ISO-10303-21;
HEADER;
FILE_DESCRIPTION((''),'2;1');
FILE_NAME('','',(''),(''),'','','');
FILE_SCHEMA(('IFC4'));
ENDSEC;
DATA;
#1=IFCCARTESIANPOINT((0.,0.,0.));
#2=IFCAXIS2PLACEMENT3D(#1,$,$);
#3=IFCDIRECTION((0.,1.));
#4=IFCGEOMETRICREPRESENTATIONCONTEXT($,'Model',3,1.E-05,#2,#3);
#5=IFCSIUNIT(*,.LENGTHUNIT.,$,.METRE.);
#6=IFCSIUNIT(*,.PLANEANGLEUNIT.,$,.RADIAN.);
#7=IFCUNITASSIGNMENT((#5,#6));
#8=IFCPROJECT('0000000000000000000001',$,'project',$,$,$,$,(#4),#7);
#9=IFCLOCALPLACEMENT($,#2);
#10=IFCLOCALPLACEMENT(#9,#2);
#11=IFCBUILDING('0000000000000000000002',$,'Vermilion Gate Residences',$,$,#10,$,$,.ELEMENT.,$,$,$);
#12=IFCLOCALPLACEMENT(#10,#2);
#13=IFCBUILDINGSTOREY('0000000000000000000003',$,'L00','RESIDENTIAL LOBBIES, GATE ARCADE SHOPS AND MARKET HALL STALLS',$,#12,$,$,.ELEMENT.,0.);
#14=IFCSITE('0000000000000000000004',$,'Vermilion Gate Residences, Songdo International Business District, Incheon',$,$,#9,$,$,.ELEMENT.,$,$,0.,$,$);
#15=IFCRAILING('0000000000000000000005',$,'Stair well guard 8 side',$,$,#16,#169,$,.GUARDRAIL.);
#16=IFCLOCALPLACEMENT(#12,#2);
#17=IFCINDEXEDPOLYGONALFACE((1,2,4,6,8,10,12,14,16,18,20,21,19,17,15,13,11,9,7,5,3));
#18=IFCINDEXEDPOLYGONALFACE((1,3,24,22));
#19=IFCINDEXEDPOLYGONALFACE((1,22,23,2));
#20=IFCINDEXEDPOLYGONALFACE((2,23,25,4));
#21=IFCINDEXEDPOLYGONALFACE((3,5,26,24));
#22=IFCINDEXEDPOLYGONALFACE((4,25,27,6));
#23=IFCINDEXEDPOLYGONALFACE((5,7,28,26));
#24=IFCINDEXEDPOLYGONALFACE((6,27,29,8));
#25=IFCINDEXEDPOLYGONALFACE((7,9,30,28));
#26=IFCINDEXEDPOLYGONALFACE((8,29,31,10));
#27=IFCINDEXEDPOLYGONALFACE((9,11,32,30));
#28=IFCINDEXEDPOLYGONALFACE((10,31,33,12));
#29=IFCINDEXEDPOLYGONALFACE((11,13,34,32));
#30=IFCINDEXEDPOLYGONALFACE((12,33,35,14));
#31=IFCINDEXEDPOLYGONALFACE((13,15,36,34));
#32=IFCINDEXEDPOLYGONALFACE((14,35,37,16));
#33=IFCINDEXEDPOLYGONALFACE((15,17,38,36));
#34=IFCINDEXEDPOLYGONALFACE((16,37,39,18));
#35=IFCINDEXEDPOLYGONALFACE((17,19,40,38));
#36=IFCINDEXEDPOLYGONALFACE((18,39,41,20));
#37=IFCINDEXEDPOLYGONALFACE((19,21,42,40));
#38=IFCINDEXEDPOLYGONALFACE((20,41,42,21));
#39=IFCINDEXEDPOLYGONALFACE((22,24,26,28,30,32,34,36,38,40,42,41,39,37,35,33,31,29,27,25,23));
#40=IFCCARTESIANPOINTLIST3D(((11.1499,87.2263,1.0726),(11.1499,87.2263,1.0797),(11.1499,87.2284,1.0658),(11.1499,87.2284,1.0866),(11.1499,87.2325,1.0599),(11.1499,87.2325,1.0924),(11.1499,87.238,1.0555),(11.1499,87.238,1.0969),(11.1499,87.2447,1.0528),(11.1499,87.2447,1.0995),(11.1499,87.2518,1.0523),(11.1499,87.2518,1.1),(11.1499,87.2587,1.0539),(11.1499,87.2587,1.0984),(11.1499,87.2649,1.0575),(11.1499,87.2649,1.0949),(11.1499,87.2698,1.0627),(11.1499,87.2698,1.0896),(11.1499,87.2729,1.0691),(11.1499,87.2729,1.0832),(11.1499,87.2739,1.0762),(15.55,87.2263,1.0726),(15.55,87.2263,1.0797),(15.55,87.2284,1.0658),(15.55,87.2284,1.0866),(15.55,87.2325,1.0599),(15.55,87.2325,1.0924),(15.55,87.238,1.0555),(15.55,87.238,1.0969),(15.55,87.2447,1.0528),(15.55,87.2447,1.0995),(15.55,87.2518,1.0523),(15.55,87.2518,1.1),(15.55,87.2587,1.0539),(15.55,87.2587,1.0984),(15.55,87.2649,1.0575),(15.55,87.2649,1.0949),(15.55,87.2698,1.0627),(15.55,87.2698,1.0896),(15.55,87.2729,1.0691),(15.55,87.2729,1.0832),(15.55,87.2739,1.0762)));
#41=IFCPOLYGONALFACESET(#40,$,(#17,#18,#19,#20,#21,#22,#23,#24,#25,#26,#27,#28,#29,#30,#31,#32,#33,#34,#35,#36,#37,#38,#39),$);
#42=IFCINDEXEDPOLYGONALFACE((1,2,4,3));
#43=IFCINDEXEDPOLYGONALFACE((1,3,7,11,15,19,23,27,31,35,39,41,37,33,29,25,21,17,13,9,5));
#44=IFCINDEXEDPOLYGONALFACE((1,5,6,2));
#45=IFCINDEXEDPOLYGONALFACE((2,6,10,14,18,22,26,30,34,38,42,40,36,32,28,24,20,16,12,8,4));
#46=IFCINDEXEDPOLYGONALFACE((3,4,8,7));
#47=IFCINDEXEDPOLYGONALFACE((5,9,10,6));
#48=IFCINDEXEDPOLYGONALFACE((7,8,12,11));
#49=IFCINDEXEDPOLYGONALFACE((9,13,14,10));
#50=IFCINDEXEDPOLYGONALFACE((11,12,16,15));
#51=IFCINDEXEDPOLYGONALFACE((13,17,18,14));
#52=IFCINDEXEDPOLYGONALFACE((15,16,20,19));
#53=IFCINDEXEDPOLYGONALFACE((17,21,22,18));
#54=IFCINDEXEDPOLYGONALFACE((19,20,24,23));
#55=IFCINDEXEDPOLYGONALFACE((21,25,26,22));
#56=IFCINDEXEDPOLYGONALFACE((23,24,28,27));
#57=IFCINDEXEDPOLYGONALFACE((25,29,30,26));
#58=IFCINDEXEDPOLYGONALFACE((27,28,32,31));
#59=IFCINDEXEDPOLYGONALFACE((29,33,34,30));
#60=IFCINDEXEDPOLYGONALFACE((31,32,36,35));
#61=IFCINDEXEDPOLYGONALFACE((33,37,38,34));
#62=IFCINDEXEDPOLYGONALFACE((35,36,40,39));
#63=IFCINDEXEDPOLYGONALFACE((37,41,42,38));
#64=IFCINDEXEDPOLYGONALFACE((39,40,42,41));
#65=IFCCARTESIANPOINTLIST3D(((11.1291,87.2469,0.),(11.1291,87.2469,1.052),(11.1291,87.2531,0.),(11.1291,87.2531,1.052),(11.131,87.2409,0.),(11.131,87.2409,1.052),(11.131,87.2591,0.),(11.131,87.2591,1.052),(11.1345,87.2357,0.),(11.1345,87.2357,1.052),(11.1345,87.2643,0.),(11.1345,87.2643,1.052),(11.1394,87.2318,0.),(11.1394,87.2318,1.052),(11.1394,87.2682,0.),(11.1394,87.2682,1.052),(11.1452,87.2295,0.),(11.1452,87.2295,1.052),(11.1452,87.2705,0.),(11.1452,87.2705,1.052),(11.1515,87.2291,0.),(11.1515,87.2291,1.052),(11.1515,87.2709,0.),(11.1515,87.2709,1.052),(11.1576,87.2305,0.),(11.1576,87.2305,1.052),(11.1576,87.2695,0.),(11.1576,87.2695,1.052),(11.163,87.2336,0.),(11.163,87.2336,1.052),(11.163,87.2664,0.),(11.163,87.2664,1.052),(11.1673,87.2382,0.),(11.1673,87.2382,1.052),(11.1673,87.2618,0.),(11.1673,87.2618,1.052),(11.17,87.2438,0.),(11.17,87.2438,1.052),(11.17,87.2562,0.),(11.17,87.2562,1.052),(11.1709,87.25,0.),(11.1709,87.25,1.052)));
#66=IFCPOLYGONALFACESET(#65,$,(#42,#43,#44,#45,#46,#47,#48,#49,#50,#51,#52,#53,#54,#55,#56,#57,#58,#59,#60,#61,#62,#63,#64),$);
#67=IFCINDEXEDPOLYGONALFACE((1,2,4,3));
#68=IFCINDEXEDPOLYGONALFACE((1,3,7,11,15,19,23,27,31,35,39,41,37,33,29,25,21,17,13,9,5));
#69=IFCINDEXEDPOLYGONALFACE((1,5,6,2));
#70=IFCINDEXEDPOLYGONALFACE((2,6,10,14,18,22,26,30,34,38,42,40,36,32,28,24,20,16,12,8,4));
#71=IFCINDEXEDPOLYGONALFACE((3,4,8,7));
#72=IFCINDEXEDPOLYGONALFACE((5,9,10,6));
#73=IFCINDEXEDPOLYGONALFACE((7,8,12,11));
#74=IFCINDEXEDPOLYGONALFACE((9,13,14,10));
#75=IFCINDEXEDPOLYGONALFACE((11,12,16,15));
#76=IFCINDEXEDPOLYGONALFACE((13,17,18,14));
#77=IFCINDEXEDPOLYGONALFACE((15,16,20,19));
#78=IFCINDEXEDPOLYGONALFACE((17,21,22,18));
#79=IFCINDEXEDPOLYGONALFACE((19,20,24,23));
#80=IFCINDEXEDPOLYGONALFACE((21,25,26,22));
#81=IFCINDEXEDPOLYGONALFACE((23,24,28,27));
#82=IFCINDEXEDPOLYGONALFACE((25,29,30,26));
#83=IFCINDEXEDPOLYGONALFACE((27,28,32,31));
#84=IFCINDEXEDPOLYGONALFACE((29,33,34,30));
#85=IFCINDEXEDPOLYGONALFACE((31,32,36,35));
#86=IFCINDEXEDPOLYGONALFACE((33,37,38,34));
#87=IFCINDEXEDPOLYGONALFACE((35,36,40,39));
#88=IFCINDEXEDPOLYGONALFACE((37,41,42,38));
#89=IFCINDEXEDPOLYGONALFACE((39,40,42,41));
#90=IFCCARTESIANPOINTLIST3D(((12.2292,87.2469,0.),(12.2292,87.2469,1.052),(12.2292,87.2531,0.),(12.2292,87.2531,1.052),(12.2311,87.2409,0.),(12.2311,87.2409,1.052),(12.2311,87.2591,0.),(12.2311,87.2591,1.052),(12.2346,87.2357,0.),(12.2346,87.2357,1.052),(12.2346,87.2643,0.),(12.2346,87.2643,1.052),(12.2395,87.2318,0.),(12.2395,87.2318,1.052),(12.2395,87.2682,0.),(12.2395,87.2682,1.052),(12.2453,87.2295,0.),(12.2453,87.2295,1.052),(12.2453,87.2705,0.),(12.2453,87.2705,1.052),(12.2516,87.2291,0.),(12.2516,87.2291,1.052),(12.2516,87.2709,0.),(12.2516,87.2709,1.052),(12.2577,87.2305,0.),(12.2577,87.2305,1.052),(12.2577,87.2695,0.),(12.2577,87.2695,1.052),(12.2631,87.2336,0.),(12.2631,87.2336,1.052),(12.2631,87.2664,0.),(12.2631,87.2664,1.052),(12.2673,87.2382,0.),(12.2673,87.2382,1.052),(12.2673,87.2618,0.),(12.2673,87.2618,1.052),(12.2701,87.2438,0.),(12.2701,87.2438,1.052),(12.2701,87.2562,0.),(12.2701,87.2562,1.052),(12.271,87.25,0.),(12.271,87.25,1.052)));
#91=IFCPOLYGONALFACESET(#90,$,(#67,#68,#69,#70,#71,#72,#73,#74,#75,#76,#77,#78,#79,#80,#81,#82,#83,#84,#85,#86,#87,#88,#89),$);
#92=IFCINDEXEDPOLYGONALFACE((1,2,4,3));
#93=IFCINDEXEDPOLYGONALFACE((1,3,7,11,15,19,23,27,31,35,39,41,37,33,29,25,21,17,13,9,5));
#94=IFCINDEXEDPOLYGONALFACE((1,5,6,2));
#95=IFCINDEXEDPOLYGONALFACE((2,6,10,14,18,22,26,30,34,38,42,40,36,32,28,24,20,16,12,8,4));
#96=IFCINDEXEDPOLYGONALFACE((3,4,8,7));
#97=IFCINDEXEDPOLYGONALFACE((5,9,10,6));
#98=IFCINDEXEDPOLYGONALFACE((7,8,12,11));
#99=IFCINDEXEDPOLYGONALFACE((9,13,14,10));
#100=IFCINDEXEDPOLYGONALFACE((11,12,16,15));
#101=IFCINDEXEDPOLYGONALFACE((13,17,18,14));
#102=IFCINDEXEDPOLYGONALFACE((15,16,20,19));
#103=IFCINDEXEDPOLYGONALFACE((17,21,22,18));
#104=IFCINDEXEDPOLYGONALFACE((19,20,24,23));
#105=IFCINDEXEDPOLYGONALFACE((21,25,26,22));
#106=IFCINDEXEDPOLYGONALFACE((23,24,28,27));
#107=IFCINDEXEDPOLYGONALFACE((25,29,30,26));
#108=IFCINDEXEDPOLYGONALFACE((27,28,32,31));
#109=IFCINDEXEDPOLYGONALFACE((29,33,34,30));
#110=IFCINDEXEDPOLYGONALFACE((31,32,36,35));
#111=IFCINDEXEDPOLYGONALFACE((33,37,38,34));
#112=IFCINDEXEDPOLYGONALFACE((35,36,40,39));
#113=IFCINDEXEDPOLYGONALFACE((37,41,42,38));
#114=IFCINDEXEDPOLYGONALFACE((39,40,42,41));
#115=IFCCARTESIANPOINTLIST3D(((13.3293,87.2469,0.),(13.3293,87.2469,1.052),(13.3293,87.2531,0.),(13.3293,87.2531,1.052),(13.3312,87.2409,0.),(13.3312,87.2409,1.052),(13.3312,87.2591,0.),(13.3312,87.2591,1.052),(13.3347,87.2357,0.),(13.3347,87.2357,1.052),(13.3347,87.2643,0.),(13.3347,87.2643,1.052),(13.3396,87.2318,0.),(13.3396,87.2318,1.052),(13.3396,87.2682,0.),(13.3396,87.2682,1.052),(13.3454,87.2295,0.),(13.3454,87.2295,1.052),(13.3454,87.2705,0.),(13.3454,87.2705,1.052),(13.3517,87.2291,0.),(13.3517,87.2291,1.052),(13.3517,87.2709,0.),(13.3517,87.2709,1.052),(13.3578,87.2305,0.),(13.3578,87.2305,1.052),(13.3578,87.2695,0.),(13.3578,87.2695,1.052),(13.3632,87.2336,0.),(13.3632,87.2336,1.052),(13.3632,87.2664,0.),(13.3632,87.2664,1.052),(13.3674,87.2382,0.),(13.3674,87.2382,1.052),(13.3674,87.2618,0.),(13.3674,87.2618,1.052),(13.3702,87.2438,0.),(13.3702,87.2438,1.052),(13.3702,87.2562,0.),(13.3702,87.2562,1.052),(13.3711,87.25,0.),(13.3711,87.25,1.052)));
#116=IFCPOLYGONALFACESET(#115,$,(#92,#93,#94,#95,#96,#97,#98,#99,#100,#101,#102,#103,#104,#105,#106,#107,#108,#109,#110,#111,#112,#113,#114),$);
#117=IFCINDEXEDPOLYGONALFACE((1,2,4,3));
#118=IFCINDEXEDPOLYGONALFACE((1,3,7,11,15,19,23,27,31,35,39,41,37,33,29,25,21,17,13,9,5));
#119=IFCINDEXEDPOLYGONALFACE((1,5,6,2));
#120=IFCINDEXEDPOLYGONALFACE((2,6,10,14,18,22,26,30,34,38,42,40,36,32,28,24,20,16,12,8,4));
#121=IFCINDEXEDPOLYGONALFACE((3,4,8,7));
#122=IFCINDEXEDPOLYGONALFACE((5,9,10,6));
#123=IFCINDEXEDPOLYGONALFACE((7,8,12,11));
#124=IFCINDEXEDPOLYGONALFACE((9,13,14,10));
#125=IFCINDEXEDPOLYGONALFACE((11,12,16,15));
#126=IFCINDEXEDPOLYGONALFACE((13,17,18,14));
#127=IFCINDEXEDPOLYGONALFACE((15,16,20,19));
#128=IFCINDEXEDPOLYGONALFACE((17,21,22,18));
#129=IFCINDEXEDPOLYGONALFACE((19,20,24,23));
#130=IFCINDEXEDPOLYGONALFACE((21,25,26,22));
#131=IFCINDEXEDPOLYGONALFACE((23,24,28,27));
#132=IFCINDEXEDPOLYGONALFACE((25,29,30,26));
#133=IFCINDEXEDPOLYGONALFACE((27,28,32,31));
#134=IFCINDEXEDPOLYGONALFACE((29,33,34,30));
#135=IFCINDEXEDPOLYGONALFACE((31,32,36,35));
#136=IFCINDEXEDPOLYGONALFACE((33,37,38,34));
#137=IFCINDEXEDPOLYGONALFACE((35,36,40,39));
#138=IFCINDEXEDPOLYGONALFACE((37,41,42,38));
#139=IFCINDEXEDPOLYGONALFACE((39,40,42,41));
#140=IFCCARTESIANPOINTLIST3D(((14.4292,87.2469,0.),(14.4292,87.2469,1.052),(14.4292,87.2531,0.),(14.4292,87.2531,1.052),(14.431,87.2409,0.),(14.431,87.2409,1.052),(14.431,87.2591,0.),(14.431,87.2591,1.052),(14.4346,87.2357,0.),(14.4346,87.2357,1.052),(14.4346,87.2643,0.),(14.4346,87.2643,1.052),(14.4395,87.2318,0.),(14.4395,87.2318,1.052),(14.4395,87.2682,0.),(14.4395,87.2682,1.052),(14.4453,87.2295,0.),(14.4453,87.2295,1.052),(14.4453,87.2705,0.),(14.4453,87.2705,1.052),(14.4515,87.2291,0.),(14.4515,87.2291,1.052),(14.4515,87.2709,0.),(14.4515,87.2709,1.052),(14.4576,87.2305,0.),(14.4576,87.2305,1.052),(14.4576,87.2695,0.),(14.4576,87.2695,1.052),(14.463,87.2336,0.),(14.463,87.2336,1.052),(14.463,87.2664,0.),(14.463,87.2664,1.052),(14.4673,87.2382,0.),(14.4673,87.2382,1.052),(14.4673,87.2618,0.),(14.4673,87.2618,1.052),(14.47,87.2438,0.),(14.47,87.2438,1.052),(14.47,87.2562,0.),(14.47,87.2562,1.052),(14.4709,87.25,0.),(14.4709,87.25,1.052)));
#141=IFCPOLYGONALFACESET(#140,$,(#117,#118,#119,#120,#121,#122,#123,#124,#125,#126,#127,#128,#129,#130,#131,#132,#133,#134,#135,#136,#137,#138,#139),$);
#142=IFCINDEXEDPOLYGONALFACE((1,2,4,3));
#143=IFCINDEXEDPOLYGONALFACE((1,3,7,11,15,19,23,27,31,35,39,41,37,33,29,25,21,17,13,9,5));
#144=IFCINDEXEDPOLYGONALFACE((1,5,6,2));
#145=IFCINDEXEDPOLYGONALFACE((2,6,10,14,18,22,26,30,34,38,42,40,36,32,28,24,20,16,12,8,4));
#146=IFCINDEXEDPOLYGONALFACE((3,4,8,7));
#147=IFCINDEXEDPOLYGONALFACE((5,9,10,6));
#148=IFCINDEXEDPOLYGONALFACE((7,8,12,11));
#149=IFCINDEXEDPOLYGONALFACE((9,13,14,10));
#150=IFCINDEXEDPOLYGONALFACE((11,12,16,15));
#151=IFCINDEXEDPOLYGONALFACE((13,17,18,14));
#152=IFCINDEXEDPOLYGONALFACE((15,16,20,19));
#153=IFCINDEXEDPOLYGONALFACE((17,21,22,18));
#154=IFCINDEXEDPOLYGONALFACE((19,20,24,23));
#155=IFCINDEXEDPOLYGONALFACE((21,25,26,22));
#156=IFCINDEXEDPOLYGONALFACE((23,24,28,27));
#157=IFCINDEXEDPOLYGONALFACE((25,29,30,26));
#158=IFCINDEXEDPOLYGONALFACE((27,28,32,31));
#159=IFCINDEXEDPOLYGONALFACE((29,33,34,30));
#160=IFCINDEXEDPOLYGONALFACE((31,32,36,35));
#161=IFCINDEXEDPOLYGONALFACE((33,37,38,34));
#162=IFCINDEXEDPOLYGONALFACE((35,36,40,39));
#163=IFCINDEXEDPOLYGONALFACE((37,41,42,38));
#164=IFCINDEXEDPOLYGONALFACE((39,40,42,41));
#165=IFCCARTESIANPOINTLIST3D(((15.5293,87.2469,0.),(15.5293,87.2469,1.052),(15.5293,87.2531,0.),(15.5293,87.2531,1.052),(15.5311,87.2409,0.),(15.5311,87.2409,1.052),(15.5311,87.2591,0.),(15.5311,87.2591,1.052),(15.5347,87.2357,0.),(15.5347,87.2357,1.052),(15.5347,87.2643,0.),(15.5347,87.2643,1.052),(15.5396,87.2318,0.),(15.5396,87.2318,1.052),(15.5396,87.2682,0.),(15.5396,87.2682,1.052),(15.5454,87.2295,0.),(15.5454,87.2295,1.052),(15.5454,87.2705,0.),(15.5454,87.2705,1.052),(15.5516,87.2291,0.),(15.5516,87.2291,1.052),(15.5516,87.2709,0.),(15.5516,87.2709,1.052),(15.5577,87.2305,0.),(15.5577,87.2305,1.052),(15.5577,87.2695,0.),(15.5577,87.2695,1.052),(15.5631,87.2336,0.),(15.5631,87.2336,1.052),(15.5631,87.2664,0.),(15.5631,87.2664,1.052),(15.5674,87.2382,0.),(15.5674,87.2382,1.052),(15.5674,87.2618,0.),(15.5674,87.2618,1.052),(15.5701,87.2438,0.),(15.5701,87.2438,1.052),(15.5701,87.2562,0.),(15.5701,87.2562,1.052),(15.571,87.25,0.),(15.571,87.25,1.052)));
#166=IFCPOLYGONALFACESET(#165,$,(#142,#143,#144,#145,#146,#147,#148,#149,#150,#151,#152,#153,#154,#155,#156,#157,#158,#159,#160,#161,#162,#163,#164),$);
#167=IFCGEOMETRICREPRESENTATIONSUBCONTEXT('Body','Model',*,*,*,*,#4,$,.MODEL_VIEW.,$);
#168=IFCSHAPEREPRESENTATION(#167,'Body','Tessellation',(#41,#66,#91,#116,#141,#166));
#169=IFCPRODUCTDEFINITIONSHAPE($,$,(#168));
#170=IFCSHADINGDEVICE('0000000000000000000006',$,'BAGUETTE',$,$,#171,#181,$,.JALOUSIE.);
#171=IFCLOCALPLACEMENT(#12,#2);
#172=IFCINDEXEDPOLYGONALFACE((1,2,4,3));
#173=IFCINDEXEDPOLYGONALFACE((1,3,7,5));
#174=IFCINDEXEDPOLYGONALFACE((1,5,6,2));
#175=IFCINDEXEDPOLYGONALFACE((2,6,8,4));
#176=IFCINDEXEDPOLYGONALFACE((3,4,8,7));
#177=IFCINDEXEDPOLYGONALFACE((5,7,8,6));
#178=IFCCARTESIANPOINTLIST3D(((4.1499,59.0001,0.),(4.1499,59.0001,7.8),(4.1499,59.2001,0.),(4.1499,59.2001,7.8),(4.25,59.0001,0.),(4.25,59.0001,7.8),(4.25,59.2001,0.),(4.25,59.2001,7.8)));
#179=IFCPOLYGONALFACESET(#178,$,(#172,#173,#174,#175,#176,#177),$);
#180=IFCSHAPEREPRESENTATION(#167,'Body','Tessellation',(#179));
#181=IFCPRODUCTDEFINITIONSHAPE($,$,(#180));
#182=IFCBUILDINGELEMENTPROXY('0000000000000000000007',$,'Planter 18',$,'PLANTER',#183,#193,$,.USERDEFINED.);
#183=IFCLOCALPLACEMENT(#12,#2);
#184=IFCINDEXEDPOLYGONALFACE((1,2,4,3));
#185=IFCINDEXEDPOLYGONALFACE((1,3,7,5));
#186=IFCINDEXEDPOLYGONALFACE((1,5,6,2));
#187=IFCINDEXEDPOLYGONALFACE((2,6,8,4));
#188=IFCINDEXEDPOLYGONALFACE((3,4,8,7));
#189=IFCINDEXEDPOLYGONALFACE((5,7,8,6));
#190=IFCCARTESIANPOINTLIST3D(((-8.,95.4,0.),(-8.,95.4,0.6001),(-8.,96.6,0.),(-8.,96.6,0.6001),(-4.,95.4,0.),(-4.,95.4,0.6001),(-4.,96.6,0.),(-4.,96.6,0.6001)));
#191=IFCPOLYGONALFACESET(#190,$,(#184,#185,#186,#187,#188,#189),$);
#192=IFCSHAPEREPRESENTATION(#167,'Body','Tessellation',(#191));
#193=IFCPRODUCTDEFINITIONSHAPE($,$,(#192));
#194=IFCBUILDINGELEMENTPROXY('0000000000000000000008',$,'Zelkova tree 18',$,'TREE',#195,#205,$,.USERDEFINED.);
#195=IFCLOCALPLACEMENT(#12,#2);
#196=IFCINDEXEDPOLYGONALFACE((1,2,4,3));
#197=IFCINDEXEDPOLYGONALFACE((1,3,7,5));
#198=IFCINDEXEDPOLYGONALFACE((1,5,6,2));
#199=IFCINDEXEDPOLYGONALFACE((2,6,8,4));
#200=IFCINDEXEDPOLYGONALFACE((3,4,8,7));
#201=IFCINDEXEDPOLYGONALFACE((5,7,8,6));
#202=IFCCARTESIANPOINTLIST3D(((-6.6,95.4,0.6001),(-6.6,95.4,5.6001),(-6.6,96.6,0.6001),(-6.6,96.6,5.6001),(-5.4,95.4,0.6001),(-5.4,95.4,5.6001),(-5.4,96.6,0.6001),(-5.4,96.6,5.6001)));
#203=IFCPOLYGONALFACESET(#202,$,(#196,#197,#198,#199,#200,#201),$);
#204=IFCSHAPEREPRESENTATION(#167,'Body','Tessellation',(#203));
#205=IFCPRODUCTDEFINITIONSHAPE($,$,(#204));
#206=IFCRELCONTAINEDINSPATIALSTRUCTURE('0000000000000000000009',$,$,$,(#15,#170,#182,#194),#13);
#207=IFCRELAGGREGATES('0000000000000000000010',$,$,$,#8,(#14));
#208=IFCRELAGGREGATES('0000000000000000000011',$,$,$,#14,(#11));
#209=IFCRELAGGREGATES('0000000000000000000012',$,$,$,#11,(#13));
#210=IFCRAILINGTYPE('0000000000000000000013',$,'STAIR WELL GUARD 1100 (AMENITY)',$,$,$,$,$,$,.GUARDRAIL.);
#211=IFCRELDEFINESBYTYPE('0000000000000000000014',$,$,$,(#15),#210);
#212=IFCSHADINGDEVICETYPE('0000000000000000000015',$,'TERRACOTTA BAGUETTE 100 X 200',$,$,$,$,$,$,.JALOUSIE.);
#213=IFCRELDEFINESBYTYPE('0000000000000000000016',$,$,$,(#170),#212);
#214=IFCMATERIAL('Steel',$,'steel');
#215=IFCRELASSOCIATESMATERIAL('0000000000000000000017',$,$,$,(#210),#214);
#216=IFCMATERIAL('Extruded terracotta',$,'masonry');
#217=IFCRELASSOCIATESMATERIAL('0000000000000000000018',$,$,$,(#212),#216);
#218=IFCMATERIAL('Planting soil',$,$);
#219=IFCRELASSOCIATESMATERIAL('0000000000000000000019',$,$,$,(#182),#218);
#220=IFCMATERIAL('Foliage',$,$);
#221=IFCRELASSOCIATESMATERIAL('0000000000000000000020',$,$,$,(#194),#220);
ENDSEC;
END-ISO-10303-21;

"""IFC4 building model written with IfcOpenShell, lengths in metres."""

from ifc_helpers import new_model, si_unit, direction, frame, origin, origin_2d, place, context, subcontext, project, spatial, rectangle, circle, extrude, material, material_profile, profile_set, type_object, element, save


model = new_model("IFC4")

# Units and contexts
model_context = context("Model", 3, precision=1e-05, world=origin(), true_north=direction((0.0, 1.0)))
body_context = subcontext(model_context, "Body", "Model", "MODEL_VIEW")
ifc_project = project(units=[si_unit("LENGTHUNIT", "METRE"), si_unit("PLANEANGLEUNIT", "RADIAN")], contexts=[model_context])

# Site, building, storey
site_placement = place(None, origin())
site = spatial("IfcSite", under=ifc_project, at=site_placement, Name="Vermilion Gate Residences, Songdo International Business District, Incheon", CompositionType="ELEMENT", RefElevation=0.0)
building_placement = place(site_placement, origin())
building = spatial("IfcBuilding", under=site, at=building_placement, Name="Vermilion Gate Residences", CompositionType="ELEMENT")
storey_placement = place(building_placement, origin())
storey = spatial("IfcBuildingStorey", under=building, at=storey_placement, Name="L00", Description="RESIDENTIAL LOBBIES, GATE ARCADE SHOPS AND MARKET HALL STALLS", CompositionType="ELEMENT", Elevation=0.0)

# Railing
ifc_material_1 = material(Name="Steel", Category="steel")
railing_type = type_object("IfcRailingType", Name="STAIR WELL GUARD 1100 (AMENITY)", PredefinedType="GUARDRAIL", material=ifc_material_1)
railing_1_placement = place(storey_placement, frame((11.1499, 87.25, 0.0)))
element("IfcRailing", 1, at=railing_1_placement, inside=storey, type_object=railing_type, Name="Stair well guard 8 side", PredefinedType="GUARDRAIL", context=body_context, shape_type="SweptSolid", body=[
    extrude(circle(Radius=0.0239, at=origin_2d()), frame((0.0, 0.0, 1.0762), z_axis=(1.0, 0.0, 0.0), x_axis=(0.0, 1.0, 0.0)), (0.0, 0.0, 1.0), 4.4001),
    extrude(circle(Radius=0.021, at=origin_2d()), origin(), (0.0, 0.0, 1.0), 1.052),
    extrude(circle(Radius=0.021, at=origin_2d()), frame((1.1001, 0.0, 0.0)), (0.0, 0.0, 1.0), 1.052),
    extrude(circle(Radius=0.021, at=origin_2d()), frame((2.2002, 0.0, 0.0)), (0.0, 0.0, 1.0), 1.052),
    extrude(circle(Radius=0.021, at=origin_2d()), frame((3.3, 0.0, 0.0)), (0.0, 0.0, 1.0), 1.052),
    extrude(circle(Radius=0.021, at=origin_2d()), frame((4.4001, 0.0, 0.0)), (0.0, 0.0, 1.0), 1.052),
])

# Shading device
ifc_material_2 = material(Name="Extruded terracotta", Category="masonry")
ifc_material_profile_1 = material_profile(ifc_material_2, rectangle(XDim=0.2, YDim=0.1001, at=origin_2d()), Name="BAGUETTE 100 X 200")
ifc_profile_set_1 = profile_set([ifc_material_profile_1], Name="Extruded terracotta")
shading_device_type = type_object("IfcShadingDeviceType", Name="TERRACOTTA BAGUETTE 100 X 200", PredefinedType="JALOUSIE", material=ifc_profile_set_1)
shading_device_placement = place(storey_placement, frame((4.2, 59.1001, 0.0), z_axis=(0.0, 0.0, 1.0), x_axis=(0.0, -1.0, 0.0)))
element("IfcShadingDevice", 2, at=shading_device_placement, inside=storey, type_object=shading_device_type, Name="BAGUETTE", PredefinedType="JALOUSIE", context=body_context, shape_type="SweptSolid", body=[
    extrude(rectangle(XDim=0.2, YDim=0.1001, at=origin_2d()), origin(), (0.0, 0.0, 1.0), 7.8),
])

# Building element proxies
ifc_material_3 = material(Name="Planting soil")
proxy_1_placement = place(storey_placement, frame((-6.0, 96.0, 0.0), z_axis=(0.0, 0.0, 1.0), x_axis=(1.0, 0.0, 0.0)))
element("IfcBuildingElementProxy", 3, at=proxy_1_placement, inside=storey, material=ifc_material_3, Name="Planter 18", ObjectType="PLANTER", PredefinedType="USERDEFINED", context=body_context, shape_type="SweptSolid", body=[
    extrude(rectangle(XDim=4.0, YDim=1.2, at=origin_2d()), origin(), (0.0, 0.0, 1.0), 0.6001),
])
ifc_material_4 = material(Name="Foliage")
proxy_2_placement = place(storey_placement, frame((-6.0, 96.0, 0.6001), z_axis=(0.0, 0.0, 1.0), x_axis=(1.0, 0.0, 0.0)))
element("IfcBuildingElementProxy", 4, at=proxy_2_placement, inside=storey, material=ifc_material_4, Name="Zelkova tree 18", ObjectType="TREE", PredefinedType="USERDEFINED", context=body_context, shape_type="SweptSolid", body=[
    extrude(rectangle(XDim=1.2, YDim=1.2, at=origin_2d()), origin(), (0.0, 0.0, 1.0), 5.0),
])

save(model, "model.ifc")
